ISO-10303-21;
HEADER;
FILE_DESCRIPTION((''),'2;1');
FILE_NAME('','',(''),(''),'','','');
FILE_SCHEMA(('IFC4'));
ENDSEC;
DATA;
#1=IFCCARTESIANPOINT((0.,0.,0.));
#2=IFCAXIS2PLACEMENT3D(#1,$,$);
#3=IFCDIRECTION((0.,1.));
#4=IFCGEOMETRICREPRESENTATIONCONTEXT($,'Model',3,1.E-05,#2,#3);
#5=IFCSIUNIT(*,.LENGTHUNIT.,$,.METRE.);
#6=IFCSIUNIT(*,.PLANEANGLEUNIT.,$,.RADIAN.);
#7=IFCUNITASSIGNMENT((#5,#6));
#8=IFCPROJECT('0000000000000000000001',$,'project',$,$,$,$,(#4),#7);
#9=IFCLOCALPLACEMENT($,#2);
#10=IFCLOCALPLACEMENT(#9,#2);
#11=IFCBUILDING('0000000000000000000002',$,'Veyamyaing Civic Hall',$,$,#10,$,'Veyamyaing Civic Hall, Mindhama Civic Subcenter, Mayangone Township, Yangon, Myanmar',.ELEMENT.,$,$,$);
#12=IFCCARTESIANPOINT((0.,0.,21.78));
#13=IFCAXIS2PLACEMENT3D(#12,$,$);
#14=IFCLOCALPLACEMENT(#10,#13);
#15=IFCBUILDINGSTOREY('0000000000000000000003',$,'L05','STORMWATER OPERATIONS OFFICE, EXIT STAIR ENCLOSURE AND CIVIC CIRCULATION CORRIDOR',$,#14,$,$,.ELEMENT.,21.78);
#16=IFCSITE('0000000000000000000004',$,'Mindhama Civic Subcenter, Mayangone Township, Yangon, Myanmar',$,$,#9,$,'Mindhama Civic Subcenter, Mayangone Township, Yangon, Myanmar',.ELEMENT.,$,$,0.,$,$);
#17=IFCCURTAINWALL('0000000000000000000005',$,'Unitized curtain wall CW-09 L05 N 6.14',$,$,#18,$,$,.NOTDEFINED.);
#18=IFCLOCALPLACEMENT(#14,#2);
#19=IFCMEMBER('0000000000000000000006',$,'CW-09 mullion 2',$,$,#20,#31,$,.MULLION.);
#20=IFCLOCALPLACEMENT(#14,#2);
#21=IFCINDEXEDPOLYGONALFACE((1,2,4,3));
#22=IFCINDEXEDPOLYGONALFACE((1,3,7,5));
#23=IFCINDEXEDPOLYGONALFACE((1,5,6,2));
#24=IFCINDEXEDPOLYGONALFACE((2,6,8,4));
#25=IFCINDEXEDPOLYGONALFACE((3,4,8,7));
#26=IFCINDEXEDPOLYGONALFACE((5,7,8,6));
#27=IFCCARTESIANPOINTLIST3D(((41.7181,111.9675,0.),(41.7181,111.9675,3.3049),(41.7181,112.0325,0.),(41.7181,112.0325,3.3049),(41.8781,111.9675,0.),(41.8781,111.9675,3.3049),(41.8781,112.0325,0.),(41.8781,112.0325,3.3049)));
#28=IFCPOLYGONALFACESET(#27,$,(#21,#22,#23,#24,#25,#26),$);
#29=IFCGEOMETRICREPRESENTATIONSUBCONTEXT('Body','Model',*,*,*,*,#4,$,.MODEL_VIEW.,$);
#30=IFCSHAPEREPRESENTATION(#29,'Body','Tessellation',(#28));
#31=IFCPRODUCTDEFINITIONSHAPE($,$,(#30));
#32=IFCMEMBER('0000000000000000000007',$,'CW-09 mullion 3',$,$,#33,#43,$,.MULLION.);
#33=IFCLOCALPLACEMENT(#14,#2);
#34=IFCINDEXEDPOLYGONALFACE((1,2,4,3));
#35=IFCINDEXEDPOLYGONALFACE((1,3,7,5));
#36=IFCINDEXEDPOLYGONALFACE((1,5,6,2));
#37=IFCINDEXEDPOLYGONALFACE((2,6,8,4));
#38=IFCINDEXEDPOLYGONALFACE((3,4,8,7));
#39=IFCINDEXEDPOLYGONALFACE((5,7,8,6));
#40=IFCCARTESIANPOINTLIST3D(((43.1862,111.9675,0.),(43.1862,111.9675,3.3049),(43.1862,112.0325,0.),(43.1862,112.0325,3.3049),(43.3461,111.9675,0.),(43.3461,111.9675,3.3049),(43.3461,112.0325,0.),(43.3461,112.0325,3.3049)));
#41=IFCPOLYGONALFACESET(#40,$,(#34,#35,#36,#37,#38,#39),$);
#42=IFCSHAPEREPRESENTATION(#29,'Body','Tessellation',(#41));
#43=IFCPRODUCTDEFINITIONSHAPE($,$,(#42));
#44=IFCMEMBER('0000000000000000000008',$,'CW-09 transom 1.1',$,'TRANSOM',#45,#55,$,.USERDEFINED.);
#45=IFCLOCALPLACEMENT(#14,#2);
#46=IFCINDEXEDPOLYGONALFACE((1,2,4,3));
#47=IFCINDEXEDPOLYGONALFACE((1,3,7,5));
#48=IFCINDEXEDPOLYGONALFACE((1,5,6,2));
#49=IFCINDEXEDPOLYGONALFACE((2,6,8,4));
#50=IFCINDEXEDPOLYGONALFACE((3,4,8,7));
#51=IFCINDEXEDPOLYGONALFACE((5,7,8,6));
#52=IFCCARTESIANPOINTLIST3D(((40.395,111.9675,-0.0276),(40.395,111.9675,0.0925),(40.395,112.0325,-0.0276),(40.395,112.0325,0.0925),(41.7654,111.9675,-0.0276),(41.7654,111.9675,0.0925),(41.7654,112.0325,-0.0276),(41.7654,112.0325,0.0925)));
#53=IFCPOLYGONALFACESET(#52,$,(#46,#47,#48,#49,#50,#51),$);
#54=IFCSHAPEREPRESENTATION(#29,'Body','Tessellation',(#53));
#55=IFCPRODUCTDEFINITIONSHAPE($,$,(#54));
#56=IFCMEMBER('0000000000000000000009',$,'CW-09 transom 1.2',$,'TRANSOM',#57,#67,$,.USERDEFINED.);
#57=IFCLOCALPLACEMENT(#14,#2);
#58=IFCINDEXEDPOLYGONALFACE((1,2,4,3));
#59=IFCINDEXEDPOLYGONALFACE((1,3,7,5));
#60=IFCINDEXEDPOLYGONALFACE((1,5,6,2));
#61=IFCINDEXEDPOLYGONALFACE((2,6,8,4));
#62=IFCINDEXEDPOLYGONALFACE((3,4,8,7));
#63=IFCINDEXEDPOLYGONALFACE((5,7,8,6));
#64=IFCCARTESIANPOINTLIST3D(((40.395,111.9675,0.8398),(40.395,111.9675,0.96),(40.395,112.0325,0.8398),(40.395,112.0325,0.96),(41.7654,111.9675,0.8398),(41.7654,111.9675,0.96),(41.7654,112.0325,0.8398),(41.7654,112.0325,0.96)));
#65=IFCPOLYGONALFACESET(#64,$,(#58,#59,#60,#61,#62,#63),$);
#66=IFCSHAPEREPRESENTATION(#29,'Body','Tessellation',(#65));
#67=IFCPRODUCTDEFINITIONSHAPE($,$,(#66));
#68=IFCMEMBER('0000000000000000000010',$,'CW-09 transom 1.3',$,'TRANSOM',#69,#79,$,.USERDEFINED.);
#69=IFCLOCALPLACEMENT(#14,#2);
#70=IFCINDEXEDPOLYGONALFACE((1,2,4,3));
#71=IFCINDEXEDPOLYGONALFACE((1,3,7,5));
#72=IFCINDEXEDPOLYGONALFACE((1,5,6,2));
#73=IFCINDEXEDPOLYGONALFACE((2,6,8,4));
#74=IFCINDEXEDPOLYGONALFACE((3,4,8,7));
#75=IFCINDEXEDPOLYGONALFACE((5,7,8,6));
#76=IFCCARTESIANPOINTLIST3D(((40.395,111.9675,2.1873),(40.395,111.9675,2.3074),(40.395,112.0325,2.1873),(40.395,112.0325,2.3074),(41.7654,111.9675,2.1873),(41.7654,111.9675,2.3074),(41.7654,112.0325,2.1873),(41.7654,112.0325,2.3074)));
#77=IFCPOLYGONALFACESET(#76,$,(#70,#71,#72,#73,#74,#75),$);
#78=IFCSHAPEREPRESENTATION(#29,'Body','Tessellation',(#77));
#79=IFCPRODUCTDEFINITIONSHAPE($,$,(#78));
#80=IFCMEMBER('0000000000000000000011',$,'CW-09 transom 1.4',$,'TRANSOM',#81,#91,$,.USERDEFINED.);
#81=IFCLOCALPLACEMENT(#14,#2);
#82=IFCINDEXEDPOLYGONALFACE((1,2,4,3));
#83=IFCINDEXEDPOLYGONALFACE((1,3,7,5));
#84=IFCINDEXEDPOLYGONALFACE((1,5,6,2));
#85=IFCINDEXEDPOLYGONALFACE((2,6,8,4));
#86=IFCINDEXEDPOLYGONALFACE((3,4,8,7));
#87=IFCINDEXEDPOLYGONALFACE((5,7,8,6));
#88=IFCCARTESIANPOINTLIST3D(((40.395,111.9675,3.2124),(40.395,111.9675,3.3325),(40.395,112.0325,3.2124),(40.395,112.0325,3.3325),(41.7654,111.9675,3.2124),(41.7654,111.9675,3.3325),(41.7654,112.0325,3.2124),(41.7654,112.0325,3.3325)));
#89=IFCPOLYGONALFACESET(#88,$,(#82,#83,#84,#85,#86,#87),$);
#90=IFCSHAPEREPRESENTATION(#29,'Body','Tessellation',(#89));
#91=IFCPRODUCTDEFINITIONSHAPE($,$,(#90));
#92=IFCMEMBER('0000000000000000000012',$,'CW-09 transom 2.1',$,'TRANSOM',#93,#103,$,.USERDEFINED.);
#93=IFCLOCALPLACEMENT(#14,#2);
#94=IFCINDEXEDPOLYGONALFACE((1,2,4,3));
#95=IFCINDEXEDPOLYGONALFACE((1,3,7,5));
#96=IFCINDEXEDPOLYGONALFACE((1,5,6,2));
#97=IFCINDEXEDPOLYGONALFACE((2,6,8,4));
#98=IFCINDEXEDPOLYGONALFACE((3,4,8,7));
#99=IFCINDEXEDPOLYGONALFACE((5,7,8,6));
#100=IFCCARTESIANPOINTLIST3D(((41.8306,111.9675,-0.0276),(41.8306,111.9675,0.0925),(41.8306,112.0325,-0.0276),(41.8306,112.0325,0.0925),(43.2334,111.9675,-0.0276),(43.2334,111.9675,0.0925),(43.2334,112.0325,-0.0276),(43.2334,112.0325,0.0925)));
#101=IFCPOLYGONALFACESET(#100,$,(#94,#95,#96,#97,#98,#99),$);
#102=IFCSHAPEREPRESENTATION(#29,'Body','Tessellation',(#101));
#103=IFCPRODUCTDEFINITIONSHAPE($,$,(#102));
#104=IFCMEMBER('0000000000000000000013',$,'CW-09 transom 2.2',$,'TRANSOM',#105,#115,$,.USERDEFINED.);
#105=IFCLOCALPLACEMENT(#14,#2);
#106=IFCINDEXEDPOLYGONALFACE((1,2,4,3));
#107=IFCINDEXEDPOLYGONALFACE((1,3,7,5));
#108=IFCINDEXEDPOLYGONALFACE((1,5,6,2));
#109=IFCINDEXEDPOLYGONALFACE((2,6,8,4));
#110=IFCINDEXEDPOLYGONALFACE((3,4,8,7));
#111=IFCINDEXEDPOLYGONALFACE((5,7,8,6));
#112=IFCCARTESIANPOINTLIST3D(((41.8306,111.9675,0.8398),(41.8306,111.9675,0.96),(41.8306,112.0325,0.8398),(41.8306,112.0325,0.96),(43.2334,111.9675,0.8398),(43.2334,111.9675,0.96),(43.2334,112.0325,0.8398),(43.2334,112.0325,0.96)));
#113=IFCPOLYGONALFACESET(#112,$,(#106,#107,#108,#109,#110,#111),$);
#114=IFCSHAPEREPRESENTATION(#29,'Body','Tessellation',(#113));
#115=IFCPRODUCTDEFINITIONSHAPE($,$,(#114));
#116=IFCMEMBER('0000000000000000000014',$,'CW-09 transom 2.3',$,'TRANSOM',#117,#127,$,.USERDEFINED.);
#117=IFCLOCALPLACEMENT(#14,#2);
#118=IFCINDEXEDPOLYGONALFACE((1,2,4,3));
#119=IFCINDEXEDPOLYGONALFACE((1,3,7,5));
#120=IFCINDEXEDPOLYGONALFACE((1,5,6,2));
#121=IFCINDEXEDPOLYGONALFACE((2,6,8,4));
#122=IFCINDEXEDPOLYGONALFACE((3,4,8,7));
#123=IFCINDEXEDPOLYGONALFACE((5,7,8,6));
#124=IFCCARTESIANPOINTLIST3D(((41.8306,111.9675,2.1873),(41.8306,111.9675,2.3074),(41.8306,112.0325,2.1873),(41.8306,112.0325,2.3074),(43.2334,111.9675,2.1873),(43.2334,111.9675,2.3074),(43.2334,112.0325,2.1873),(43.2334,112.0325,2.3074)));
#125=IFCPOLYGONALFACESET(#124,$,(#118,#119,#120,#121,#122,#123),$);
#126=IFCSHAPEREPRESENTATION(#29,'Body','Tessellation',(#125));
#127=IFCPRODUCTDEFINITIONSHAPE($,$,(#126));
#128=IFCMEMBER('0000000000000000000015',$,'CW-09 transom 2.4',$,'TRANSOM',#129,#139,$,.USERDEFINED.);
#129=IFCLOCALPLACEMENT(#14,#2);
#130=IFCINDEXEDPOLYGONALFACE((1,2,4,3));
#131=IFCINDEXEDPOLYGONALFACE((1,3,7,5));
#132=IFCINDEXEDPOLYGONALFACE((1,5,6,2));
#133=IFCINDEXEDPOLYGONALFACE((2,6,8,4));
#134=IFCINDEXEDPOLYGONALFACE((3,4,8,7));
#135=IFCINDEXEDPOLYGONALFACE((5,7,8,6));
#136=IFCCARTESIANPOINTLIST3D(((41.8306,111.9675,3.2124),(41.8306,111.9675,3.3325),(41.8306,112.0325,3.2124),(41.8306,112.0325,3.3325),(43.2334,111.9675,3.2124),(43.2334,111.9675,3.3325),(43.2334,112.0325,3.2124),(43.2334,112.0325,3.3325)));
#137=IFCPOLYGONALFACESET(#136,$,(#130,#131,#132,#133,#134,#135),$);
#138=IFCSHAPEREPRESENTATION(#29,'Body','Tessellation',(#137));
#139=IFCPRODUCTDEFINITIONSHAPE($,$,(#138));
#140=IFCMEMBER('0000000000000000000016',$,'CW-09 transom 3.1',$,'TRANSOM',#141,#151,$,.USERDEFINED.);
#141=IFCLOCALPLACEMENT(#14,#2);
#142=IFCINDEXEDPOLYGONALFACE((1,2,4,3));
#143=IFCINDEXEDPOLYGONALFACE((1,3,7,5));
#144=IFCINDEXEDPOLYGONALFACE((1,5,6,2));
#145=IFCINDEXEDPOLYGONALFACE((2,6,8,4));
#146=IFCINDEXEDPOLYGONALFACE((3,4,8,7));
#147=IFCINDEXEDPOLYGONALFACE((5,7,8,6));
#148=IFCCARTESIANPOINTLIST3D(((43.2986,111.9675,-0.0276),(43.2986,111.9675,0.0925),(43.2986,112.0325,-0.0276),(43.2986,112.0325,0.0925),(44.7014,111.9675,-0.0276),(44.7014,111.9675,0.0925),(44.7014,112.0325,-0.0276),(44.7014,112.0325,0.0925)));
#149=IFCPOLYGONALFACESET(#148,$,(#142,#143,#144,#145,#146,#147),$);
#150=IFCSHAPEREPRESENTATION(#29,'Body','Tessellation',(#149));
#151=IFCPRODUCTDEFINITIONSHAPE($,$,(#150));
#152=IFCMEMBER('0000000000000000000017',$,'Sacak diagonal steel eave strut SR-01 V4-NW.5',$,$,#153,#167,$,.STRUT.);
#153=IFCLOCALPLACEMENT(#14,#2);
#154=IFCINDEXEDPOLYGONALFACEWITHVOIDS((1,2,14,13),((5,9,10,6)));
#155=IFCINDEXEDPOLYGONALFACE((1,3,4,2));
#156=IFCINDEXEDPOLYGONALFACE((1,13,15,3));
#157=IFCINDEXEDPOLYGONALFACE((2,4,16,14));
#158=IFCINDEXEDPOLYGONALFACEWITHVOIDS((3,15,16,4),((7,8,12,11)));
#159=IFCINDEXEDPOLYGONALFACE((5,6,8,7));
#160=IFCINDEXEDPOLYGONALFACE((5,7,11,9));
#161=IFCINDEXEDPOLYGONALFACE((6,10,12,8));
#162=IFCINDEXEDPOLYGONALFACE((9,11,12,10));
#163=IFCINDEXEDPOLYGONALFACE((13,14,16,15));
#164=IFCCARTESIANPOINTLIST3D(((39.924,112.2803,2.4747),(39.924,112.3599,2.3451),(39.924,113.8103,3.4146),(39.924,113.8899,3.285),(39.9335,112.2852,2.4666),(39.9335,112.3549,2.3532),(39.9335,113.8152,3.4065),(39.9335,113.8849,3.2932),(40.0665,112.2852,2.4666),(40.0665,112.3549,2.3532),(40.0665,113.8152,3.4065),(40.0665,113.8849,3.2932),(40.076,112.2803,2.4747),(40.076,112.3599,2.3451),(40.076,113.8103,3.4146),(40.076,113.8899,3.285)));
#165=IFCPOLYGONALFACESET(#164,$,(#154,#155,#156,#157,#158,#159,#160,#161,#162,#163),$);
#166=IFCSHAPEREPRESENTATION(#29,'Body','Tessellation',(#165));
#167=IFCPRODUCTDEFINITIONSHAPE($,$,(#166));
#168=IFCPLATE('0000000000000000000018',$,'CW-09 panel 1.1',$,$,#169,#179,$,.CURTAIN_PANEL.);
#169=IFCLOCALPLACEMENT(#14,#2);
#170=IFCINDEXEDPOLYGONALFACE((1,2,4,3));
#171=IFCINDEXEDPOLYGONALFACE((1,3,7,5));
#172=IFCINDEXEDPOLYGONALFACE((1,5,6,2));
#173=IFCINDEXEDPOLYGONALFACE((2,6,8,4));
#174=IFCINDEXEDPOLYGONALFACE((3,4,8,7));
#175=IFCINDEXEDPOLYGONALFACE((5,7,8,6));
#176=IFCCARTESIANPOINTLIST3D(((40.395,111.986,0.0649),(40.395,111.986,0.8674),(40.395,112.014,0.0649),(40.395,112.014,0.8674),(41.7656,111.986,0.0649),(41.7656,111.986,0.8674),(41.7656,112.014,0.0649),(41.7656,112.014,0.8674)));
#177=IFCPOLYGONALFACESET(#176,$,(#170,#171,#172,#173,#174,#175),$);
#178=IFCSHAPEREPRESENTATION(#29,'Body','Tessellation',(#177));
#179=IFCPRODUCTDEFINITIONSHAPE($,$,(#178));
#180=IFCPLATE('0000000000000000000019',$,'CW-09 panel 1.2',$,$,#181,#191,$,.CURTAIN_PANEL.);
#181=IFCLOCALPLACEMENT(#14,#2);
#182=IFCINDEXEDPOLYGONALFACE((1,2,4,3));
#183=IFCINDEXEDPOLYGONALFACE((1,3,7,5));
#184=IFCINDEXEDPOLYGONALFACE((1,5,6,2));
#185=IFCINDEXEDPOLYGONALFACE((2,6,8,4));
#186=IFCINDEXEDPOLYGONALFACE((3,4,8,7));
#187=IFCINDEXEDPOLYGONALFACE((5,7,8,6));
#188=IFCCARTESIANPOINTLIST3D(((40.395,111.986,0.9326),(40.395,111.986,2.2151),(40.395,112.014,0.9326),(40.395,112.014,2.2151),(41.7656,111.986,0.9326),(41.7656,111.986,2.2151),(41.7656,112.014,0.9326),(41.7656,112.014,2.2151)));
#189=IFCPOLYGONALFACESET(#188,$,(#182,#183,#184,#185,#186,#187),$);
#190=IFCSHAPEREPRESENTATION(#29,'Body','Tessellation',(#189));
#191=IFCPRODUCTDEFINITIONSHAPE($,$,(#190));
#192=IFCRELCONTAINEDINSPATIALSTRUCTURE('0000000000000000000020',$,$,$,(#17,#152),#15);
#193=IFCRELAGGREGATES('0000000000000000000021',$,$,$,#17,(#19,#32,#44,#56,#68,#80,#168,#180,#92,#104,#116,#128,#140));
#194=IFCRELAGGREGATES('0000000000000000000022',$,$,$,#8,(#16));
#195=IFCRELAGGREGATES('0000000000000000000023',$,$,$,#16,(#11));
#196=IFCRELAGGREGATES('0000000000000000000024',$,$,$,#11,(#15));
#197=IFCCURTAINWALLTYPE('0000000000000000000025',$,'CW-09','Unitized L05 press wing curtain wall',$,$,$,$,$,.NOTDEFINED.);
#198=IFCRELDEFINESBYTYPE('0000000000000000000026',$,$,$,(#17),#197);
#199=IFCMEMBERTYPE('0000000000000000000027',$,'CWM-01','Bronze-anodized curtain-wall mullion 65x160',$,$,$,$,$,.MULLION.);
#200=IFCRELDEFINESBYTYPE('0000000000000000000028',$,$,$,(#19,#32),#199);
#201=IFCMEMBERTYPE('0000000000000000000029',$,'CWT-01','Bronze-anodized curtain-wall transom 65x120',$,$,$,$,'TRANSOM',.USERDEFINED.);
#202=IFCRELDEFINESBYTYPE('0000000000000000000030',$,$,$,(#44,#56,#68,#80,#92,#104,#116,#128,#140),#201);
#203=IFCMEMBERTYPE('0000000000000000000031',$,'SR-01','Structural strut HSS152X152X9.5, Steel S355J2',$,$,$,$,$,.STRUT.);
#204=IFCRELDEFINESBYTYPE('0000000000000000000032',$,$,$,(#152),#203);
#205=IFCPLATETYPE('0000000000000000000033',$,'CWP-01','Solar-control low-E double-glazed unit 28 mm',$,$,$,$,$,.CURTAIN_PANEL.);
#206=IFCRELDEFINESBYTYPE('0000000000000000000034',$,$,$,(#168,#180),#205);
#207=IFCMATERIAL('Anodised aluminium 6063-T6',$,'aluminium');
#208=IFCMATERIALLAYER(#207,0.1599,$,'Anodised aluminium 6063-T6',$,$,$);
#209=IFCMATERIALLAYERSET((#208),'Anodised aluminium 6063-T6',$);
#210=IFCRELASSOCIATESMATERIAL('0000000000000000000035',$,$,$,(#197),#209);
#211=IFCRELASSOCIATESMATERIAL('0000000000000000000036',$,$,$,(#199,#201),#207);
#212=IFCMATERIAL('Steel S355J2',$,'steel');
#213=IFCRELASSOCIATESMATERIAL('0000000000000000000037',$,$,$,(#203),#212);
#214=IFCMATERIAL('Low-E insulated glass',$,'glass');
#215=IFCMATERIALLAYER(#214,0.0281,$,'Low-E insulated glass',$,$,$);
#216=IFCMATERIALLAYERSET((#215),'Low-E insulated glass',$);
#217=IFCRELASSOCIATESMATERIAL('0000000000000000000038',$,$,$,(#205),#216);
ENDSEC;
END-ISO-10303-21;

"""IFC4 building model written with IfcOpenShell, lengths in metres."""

from ifc_helpers import new_model, si_unit, direction, frame, origin, origin_2d, place, context, subcontext, project, spatial, rectangle, hollow_rectangle, extrude, material, layer, layer_set, material_profile, profile_set, type_object, element, aggregate, save


model = new_model("IFC4")

# Units and contexts
model_context = context("Model", 3, precision=1e-05, world=origin(), true_north=direction((0.0, 1.0)))
body_context = subcontext(model_context, "Body", "Model", "MODEL_VIEW")
ifc_project = project(units=[si_unit("LENGTHUNIT", "METRE"), si_unit("PLANEANGLEUNIT", "RADIAN")], contexts=[model_context])

# Site, building, storey
site_placement = place(None, origin())
site = spatial("IfcSite", under=ifc_project, at=site_placement, Name="Mindhama Civic Subcenter, Mayangone Township, Yangon, Myanmar", LongName="Mindhama Civic Subcenter, Mayangone Township, Yangon, Myanmar", CompositionType="ELEMENT", RefElevation=0.0)
building_placement = place(site_placement, origin())
building = spatial("IfcBuilding", under=site, at=building_placement, Name="Veyamyaing Civic Hall", LongName="Veyamyaing Civic Hall, Mindhama Civic Subcenter, Mayangone Township, Yangon, Myanmar", CompositionType="ELEMENT")
storey_placement = place(building_placement, frame((0.0, 0.0, 21.78)))
storey = spatial("IfcBuildingStorey", under=building, at=storey_placement, Name="L05", Description="STORMWATER OPERATIONS OFFICE, EXIT STAIR ENCLOSURE AND CIVIC CIRCULATION CORRIDOR", CompositionType="ELEMENT", Elevation=21.78)

# Curtain wall, members
ifc_material_1 = material(Name="Anodised aluminium 6063-T6", Category="aluminium")
ifc_layer_1 = layer(ifc_material_1, 0.1599, Name="Anodised aluminium 6063-T6")
ifc_layer_set_1 = layer_set([ifc_layer_1], Name="Anodised aluminium 6063-T6")
curtain_wall_type = type_object("IfcCurtainWallType", Name="CW-09", Description="Unitized L05 press wing curtain wall", PredefinedType="NOTDEFINED", material=ifc_layer_set_1)
curtain_wall_placement = place(storey_placement, origin())
curtain_wall = element("IfcCurtainWall", 1, at=curtain_wall_placement, inside=storey, type_object=curtain_wall_type, Name="Unitized curtain wall CW-09 L05 N 6.14", PredefinedType="NOTDEFINED")
ifc_material_profile_1 = material_profile(ifc_material_1, rectangle(XDim=0.0649, YDim=0.1599, at=origin_2d()), Name="ALU-MUL-65X160")
ifc_profile_set_1 = profile_set([ifc_material_profile_1], Name="Anodised aluminium 6063-T6")
member_type_1 = type_object("IfcMemberType", Name="CWM-01", Description="Bronze-anodized curtain-wall mullion 65x160", PredefinedType="MULLION", material=ifc_profile_set_1)
member_1_placement = place(storey_placement, frame((41.7981, 112.0, 0.0), z_axis=(0.0, 0.0, 1.0), x_axis=(0.0, 1.0, 0.0)))
member_1 = element("IfcMember", 2, at=member_1_placement, type_object=member_type_1, Name="CW-09 mullion 2", PredefinedType="MULLION", context=body_context, shape_type="SweptSolid", body=[
    extrude(rectangle(XDim=0.0649, YDim=0.1599, at=origin_2d()), origin(), (0.0, 0.0, 1.0), 3.3049),
])
member_2_placement = place(storey_placement, frame((43.2661, 112.0, 0.0), z_axis=(0.0, 0.0, 1.0), x_axis=(0.0, 1.0, 0.0)))
member_2 = element("IfcMember", 3, at=member_2_placement, type_object=member_type_1, Name="CW-09 mullion 3", PredefinedType="MULLION", context=body_context, shape_type="SweptSolid", body=[
    extrude(rectangle(XDim=0.0649, YDim=0.1599, at=origin_2d()), origin(), (0.0, 0.0, 1.0), 3.3049),
])
ifc_material_profile_2 = material_profile(ifc_material_1, rectangle(XDim=0.0649, YDim=0.1201, at=origin_2d()), Name="ALU-TRN-65X120")
ifc_profile_set_2 = profile_set([ifc_material_profile_2], Name="Anodised aluminium 6063-T6")
member_type_2 = type_object("IfcMemberType", Name="CWT-01", Description="Bronze-anodized curtain-wall transom 65x120", ElementType="TRANSOM", PredefinedType="USERDEFINED", material=ifc_profile_set_2)
member_3_placement = place(storey_placement, frame((40.395, 112.0, 0.0325), z_axis=(1.0, 0.0, 0.0), x_axis=(0.0, 1.0, 0.0)))
member_3 = element("IfcMember", 4, at=member_3_placement, type_object=member_type_2, Name="CW-09 transom 1.1", ObjectType="TRANSOM", PredefinedType="USERDEFINED", context=body_context, shape_type="SweptSolid", body=[
    extrude(rectangle(XDim=0.0649, YDim=0.1201, at=origin_2d()), origin(), (0.0, 0.0, 1.0), 1.3704),
])
member_4_placement = place(storey_placement, frame((40.395, 112.0, 0.8999), z_axis=(1.0, 0.0, 0.0), x_axis=(0.0, 1.0, 0.0)))
member_4 = element("IfcMember", 5, at=member_4_placement, type_object=member_type_2, Name="CW-09 transom 1.2", ObjectType="TRANSOM", PredefinedType="USERDEFINED", context=body_context, shape_type="SweptSolid", body=[
    extrude(rectangle(XDim=0.0649, YDim=0.1201, at=origin_2d()), origin(), (0.0, 0.0, 1.0), 1.3704),
])
member_5_placement = place(storey_placement, frame((40.395, 112.0, 2.2473), z_axis=(1.0, 0.0, 0.0), x_axis=(0.0, 1.0, 0.0)))
member_5 = element("IfcMember", 6, at=member_5_placement, type_object=member_type_2, Name="CW-09 transom 1.3", ObjectType="TRANSOM", PredefinedType="USERDEFINED", context=body_context, shape_type="SweptSolid", body=[
    extrude(rectangle(XDim=0.0649, YDim=0.1201, at=origin_2d()), origin(), (0.0, 0.0, 1.0), 1.3704),
])
member_6_placement = place(storey_placement, frame((40.395, 112.0, 3.2725), z_axis=(1.0, 0.0, 0.0), x_axis=(0.0, 1.0, 0.0)))
member_6 = element("IfcMember", 7, at=member_6_placement, type_object=member_type_2, Name="CW-09 transom 1.4", ObjectType="TRANSOM", PredefinedType="USERDEFINED", context=body_context, shape_type="SweptSolid", body=[
    extrude(rectangle(XDim=0.0649, YDim=0.1201, at=origin_2d()), origin(), (0.0, 0.0, 1.0), 1.3704),
])
member_7_placement = place(storey_placement, frame((41.8306, 112.0, 0.0325), z_axis=(1.0, 0.0, 0.0), x_axis=(0.0, 1.0, 0.0)))
member_7 = element("IfcMember", 8, at=member_7_placement, type_object=member_type_2, Name="CW-09 transom 2.1", ObjectType="TRANSOM", PredefinedType="USERDEFINED", context=body_context, shape_type="SweptSolid", body=[
    extrude(rectangle(XDim=0.0649, YDim=0.1201, at=origin_2d()), origin(), (0.0, 0.0, 1.0), 1.4028),
])
member_8_placement = place(storey_placement, frame((41.8306, 112.0, 0.8999), z_axis=(1.0, 0.0, 0.0), x_axis=(0.0, 1.0, 0.0)))
member_8 = element("IfcMember", 9, at=member_8_placement, type_object=member_type_2, Name="CW-09 transom 2.2", ObjectType="TRANSOM", PredefinedType="USERDEFINED", context=body_context, shape_type="SweptSolid", body=[
    extrude(rectangle(XDim=0.0649, YDim=0.1201, at=origin_2d()), origin(), (0.0, 0.0, 1.0), 1.4028),
])
member_9_placement = place(storey_placement, frame((41.8306, 112.0, 2.2473), z_axis=(1.0, 0.0, 0.0), x_axis=(0.0, 1.0, 0.0)))
member_9 = element("IfcMember", 10, at=member_9_placement, type_object=member_type_2, Name="CW-09 transom 2.3", ObjectType="TRANSOM", PredefinedType="USERDEFINED", context=body_context, shape_type="SweptSolid", body=[
    extrude(rectangle(XDim=0.0649, YDim=0.1201, at=origin_2d()), origin(), (0.0, 0.0, 1.0), 1.4028),
])
member_10_placement = place(storey_placement, frame((41.8306, 112.0, 3.2725), z_axis=(1.0, 0.0, 0.0), x_axis=(0.0, 1.0, 0.0)))
member_10 = element("IfcMember", 11, at=member_10_placement, type_object=member_type_2, Name="CW-09 transom 2.4", ObjectType="TRANSOM", PredefinedType="USERDEFINED", context=body_context, shape_type="SweptSolid", body=[
    extrude(rectangle(XDim=0.0649, YDim=0.1201, at=origin_2d()), origin(), (0.0, 0.0, 1.0), 1.4028),
])
member_11_placement = place(storey_placement, frame((43.2986, 112.0, 0.0325), z_axis=(1.0, 0.0, 0.0), x_axis=(0.0, 1.0, 0.0)))
member_11 = element("IfcMember", 12, at=member_11_placement, type_object=member_type_2, Name="CW-09 transom 3.1", ObjectType="TRANSOM", PredefinedType="USERDEFINED", context=body_context, shape_type="SweptSolid", body=[
    extrude(rectangle(XDim=0.0649, YDim=0.1201, at=origin_2d()), origin(), (0.0, 0.0, 1.0), 1.4028),
])

# Member
ifc_material_2 = material(Name="Steel S355J2", Category="steel")
ifc_material_profile_3 = material_profile(ifc_material_2, hollow_rectangle(XDim=0.1521, YDim=0.1521, WallThickness=0.0095, at=origin_2d()), Name="HSS152X152X9.5")
ifc_profile_set_3 = profile_set([ifc_material_profile_3], Name="Steel S355J2")
member_type_3 = type_object("IfcMemberType", Name="SR-01", Description="Structural strut HSS152X152X9.5, Steel S355J2", PredefinedType="STRUT", material=ifc_profile_set_3)
member_12_placement = place(storey_placement, frame((40.0, 112.3201, 2.4099), z_axis=(0.0, 0.85206, 0.523445), x_axis=(-1.0, 0.0, 0.0)))
element("IfcMember", 13, at=member_12_placement, inside=storey, type_object=member_type_3, Name="Sacak diagonal steel eave strut SR-01 V4-NW.5", PredefinedType="STRUT", context=body_context, shape_type="SweptSolid", body=[
    extrude(hollow_rectangle(XDim=0.1521, YDim=0.1521, WallThickness=0.0095, at=origin_2d()), origin(), (0.0, 0.0, 1.0), 1.7957),
])

# Plates
ifc_material_3 = material(Name="Low-E insulated glass", Category="glass")
ifc_layer_2 = layer(ifc_material_3, 0.0281, Name="Low-E insulated glass")
ifc_layer_set_2 = layer_set([ifc_layer_2], Name="Low-E insulated glass")
plate_type_1 = type_object("IfcPlateType", Name="CWP-01", Description="Solar-control low-E double-glazed unit 28 mm", PredefinedType="CURTAIN_PANEL", material=ifc_layer_set_2)
plate_1_placement = place(storey_placement, frame((41.0803, 112.0, 0.0649), z_axis=(0.0, 0.0, 1.0), x_axis=(1.0, 0.0, 0.0)))
plate_1 = element("IfcPlate", 14, at=plate_1_placement, type_object=plate_type_1, Name="CW-09 panel 1.1", PredefinedType="CURTAIN_PANEL", context=body_context, shape_type="SweptSolid", body=[
    extrude(rectangle(XDim=1.3706, YDim=0.0281, at=origin_2d()), origin(), (0.0, 0.0, 1.0), 0.8025),
])
plate_2_placement = place(storey_placement, frame((41.0803, 112.0, 0.9326), z_axis=(0.0, 0.0, 1.0), x_axis=(1.0, 0.0, 0.0)))
plate_2 = element("IfcPlate", 15, at=plate_2_placement, type_object=plate_type_1, Name="CW-09 panel 1.2", PredefinedType="CURTAIN_PANEL", context=body_context, shape_type="SweptSolid", body=[
    extrude(rectangle(XDim=1.3706, YDim=0.0281, at=origin_2d()), origin(), (0.0, 0.0, 1.0), 1.2825),
])
aggregate(curtain_wall, [member_1, member_2, member_3, member_4, member_5, member_6, plate_1, plate_2, member_7, member_8, member_9, member_10, member_11])

save(model, "model.ifc")
